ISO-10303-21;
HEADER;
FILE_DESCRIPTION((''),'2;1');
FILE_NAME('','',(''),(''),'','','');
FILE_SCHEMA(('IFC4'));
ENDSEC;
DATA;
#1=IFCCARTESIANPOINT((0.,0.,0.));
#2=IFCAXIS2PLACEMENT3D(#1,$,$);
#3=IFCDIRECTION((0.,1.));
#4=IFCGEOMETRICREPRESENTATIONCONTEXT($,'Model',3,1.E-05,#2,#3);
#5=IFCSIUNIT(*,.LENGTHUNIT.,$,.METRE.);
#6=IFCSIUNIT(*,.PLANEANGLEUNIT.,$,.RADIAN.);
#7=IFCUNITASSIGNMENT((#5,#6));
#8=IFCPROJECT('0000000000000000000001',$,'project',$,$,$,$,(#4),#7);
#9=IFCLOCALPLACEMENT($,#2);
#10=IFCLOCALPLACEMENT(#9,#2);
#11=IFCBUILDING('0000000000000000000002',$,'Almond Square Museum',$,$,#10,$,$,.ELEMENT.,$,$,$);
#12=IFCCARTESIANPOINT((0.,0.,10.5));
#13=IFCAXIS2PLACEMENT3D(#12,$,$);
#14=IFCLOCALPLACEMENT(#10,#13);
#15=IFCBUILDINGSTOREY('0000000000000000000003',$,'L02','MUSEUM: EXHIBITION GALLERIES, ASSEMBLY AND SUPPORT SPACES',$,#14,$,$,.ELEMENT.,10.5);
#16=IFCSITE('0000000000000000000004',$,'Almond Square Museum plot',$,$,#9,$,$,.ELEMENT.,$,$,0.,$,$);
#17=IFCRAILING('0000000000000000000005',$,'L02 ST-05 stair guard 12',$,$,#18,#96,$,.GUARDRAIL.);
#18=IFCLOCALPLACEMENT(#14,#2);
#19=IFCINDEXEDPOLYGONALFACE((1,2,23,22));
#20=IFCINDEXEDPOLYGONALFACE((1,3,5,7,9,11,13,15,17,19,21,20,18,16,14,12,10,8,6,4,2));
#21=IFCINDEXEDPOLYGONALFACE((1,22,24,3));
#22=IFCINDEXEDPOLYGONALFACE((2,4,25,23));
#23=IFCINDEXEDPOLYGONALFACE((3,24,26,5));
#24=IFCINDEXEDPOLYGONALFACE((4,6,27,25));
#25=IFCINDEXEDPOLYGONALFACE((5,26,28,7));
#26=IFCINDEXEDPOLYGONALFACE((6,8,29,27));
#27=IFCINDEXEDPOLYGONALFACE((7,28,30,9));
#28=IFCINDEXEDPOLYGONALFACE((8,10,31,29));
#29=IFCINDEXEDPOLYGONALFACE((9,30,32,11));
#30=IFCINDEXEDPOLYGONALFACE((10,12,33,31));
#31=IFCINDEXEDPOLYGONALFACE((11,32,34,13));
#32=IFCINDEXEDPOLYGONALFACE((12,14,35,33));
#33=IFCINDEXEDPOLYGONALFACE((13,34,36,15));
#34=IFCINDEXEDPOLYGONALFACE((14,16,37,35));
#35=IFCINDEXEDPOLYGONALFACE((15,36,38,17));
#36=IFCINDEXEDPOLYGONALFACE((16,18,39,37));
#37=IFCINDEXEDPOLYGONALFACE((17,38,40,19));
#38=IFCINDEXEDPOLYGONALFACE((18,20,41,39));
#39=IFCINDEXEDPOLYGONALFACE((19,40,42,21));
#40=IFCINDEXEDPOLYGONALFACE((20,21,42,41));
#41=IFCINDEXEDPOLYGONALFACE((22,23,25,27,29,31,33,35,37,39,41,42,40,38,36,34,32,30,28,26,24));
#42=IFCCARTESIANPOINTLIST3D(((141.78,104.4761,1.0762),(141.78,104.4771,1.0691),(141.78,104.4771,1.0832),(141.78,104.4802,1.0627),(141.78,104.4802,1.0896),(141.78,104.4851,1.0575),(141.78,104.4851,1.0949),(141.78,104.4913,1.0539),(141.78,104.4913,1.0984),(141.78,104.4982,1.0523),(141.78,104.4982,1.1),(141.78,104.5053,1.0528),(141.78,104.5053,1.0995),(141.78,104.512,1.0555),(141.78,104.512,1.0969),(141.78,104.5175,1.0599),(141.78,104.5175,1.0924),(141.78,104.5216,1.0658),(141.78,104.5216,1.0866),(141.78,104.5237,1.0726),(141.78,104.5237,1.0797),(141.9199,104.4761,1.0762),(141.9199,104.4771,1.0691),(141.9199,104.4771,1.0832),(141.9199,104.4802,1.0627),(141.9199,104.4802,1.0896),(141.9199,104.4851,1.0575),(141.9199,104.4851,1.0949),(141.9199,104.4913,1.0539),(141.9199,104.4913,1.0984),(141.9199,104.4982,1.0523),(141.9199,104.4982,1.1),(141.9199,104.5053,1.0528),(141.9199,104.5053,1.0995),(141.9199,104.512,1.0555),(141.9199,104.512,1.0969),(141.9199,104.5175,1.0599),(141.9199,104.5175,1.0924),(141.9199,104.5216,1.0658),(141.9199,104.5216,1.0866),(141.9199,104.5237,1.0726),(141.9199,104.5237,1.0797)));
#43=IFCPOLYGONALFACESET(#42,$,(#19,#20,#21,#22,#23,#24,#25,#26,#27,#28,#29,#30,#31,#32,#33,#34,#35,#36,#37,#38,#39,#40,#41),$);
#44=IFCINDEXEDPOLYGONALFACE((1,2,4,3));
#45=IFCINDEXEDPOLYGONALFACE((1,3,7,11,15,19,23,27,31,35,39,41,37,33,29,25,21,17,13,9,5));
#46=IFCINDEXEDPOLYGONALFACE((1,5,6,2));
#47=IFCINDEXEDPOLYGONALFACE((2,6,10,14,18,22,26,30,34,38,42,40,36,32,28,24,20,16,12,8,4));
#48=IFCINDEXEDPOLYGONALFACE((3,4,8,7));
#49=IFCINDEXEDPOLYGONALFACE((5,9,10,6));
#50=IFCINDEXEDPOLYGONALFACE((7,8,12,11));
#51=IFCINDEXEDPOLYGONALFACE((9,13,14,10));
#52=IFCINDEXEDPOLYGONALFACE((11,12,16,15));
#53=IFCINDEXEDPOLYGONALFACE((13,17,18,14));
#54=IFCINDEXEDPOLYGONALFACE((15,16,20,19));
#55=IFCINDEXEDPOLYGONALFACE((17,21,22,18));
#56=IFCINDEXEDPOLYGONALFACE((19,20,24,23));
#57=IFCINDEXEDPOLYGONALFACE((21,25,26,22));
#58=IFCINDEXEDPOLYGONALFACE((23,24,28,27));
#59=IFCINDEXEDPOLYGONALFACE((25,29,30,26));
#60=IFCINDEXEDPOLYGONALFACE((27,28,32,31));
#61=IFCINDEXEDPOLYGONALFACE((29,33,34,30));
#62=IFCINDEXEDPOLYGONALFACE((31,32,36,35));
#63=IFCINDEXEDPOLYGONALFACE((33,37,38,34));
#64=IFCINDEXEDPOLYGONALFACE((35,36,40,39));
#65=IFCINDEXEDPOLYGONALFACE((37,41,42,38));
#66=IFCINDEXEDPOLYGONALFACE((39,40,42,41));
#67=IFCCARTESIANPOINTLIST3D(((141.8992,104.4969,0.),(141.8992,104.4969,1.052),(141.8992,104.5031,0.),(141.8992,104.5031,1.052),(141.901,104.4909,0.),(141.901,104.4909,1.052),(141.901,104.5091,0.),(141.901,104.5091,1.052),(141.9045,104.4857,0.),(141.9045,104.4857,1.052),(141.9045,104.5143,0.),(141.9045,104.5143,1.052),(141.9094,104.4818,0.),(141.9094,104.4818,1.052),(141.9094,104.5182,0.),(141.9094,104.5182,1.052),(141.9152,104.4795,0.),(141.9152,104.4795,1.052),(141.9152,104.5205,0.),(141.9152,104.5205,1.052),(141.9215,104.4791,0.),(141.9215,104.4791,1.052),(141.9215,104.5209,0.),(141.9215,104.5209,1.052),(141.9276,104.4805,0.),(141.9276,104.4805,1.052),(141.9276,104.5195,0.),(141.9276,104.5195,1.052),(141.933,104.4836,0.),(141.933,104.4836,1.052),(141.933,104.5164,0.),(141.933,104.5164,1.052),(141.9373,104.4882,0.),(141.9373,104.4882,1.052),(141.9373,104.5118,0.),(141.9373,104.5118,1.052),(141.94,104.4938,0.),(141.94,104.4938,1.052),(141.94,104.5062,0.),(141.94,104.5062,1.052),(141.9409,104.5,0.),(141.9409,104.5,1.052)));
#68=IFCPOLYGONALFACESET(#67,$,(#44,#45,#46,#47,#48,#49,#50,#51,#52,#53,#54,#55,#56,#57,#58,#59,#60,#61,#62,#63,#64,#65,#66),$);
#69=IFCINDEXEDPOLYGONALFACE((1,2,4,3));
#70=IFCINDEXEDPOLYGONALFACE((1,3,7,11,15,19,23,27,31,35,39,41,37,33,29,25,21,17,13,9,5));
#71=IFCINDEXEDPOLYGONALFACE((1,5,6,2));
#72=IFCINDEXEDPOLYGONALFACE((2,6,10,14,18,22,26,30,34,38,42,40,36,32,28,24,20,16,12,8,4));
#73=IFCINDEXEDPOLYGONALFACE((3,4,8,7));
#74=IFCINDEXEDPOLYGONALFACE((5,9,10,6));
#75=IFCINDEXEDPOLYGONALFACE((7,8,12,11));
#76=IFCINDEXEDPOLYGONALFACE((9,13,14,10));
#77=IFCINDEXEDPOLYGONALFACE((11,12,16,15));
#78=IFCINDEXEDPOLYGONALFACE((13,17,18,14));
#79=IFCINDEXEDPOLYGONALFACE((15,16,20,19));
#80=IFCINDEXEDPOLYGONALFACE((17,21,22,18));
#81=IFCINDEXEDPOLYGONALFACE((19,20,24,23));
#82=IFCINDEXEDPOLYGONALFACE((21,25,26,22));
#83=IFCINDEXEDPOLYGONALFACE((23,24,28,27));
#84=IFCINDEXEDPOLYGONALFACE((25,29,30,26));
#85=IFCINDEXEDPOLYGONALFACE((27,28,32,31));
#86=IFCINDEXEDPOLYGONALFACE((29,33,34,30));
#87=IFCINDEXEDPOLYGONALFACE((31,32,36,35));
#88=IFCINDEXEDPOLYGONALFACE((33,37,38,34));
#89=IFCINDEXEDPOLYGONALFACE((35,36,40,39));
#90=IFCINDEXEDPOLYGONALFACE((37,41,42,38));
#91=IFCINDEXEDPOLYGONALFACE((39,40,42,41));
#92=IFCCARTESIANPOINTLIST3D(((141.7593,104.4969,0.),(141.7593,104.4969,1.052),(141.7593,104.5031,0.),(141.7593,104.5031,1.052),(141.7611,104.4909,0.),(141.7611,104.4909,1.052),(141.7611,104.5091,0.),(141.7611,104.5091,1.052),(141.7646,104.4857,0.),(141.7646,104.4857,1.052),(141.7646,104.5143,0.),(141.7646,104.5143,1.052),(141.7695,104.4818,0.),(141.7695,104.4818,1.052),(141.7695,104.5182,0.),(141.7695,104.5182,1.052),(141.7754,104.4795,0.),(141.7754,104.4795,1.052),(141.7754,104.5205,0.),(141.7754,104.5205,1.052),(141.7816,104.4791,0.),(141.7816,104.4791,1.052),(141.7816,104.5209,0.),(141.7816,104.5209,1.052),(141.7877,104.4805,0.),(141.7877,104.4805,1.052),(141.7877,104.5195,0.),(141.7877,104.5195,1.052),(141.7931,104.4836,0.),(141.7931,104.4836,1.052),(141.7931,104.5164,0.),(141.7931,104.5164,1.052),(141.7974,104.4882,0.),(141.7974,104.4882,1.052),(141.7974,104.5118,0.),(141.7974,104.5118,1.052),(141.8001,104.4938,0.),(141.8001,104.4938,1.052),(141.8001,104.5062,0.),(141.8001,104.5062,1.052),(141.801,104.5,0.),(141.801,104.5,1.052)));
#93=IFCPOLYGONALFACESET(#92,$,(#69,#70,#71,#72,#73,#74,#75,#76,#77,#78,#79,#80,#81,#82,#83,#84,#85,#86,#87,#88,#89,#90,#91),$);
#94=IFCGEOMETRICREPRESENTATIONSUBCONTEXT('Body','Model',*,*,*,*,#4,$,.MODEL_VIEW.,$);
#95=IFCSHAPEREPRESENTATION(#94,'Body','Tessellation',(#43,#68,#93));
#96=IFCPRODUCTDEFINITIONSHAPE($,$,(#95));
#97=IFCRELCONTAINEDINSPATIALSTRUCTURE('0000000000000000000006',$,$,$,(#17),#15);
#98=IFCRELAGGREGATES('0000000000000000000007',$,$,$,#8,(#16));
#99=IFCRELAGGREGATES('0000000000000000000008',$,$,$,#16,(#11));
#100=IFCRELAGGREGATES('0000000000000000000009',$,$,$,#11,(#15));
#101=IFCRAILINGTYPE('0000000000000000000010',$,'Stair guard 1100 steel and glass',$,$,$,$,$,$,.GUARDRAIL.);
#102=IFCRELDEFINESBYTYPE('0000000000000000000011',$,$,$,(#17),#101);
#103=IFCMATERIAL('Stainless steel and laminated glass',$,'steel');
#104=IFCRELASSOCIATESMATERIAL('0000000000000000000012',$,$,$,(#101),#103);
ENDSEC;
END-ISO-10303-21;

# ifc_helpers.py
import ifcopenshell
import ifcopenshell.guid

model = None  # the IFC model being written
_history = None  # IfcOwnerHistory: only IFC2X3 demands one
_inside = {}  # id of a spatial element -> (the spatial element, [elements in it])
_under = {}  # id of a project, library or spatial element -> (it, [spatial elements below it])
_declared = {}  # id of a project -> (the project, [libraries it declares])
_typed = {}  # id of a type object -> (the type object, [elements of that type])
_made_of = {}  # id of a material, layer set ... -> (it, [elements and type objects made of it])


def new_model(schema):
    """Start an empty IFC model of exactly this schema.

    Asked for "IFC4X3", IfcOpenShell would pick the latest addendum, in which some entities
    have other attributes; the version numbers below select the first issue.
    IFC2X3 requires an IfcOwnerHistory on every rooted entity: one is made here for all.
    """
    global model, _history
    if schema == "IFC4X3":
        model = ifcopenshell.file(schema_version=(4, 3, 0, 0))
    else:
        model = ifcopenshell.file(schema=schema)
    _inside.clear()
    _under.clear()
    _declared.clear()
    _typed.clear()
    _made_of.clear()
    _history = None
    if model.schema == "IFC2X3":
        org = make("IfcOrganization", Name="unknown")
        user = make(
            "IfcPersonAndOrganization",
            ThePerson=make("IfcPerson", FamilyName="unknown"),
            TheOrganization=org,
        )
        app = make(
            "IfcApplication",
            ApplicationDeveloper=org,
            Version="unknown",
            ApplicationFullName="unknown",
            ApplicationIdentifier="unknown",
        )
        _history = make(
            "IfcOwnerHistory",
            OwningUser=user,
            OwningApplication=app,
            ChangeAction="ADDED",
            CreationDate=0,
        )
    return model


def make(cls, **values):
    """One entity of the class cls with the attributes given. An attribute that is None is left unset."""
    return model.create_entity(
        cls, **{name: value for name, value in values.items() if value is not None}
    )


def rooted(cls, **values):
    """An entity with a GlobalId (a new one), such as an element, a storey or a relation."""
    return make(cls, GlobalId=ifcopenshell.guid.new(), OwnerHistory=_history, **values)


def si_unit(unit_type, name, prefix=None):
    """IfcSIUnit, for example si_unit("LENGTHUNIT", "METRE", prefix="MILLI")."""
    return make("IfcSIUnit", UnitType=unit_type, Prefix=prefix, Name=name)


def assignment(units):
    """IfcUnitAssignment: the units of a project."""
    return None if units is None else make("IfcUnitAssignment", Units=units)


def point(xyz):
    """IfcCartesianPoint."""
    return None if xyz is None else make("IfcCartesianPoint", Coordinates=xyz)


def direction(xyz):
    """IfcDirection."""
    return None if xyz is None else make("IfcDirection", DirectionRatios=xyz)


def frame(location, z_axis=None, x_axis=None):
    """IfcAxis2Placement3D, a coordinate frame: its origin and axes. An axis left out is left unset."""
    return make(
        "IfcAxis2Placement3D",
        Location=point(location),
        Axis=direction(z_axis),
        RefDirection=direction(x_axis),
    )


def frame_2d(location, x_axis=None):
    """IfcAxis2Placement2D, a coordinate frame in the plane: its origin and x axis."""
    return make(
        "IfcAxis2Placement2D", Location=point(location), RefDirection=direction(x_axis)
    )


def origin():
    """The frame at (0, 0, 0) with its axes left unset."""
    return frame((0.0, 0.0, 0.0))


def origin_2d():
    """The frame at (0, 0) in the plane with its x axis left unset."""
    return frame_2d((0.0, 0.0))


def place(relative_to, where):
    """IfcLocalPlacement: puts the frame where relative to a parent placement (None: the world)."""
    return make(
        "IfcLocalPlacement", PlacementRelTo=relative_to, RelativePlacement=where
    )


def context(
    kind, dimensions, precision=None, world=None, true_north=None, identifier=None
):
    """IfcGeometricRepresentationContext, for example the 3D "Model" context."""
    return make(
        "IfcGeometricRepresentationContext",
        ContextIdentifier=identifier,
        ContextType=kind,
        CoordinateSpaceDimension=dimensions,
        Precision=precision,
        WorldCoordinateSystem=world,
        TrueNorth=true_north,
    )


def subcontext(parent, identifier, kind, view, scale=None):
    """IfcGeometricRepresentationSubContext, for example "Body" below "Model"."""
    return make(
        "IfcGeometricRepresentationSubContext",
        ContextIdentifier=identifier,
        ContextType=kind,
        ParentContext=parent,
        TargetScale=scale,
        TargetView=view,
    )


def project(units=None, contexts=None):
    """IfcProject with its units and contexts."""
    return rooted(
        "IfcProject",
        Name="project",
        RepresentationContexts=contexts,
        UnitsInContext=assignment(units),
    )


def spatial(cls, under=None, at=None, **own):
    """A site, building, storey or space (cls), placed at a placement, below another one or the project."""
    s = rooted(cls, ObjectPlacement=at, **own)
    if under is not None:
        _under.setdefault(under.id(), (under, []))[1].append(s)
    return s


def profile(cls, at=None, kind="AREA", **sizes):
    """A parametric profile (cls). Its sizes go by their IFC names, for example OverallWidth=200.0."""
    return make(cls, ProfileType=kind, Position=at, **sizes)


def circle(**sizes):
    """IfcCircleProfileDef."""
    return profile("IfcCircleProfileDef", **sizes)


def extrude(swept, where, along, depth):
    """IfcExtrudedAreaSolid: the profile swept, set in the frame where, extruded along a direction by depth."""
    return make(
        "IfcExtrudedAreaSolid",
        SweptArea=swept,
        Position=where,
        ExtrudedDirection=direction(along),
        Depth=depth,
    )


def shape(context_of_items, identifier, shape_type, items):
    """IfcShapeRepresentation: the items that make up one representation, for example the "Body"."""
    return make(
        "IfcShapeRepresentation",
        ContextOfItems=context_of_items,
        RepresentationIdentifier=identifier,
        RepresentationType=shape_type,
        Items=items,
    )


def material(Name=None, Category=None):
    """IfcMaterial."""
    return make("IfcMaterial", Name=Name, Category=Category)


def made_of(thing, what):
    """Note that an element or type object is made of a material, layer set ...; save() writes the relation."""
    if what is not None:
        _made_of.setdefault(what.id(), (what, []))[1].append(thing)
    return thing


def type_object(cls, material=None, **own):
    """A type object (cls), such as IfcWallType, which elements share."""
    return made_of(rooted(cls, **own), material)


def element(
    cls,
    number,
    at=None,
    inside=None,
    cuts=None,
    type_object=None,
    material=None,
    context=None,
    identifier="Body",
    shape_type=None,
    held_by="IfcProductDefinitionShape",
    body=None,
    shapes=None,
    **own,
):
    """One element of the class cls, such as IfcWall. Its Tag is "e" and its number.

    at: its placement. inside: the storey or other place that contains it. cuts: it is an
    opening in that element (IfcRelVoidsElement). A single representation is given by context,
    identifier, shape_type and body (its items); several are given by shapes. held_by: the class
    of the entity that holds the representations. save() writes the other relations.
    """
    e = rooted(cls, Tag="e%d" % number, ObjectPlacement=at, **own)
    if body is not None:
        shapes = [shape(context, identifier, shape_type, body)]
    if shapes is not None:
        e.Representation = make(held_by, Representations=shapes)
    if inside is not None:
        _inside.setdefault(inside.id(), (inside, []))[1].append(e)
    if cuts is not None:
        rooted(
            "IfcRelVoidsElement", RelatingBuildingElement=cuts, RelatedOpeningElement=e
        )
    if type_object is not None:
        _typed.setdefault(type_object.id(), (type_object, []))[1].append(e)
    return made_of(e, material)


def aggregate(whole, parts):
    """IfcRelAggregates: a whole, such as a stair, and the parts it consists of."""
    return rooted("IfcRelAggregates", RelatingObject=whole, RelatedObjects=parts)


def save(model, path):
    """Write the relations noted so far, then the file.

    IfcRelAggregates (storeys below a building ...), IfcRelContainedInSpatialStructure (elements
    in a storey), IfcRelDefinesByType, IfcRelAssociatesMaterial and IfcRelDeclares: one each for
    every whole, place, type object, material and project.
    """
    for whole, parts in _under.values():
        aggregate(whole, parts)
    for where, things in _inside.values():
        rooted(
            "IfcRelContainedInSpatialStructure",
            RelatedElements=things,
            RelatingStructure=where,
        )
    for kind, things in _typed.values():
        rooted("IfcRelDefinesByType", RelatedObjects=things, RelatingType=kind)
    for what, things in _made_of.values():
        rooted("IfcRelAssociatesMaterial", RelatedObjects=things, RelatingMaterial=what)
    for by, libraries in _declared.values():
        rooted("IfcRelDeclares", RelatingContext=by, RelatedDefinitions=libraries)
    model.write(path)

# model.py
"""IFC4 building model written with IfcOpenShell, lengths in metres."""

from ifc_helpers import new_model, si_unit, direction, frame, origin, origin_2d, place, context, subcontext, project, spatial, circle, extrude, material, type_object, element, save


model = new_model("IFC4")

# Units and contexts
model_context = context("Model", 3, precision=1e-05, world=origin(), true_north=direction((0.0, 1.0)))
body_context = subcontext(model_context, "Body", "Model", "MODEL_VIEW")
ifc_project = project(units=[si_unit("LENGTHUNIT", "METRE"), si_unit("PLANEANGLEUNIT", "RADIAN")], contexts=[model_context])

# Site, building, storey
site_placement = place(None, origin())
site = spatial("IfcSite", under=ifc_project, at=site_placement, Name="Almond Square Museum plot", CompositionType="ELEMENT", RefElevation=0.0)
building_placement = place(site_placement, origin())
building = spatial("IfcBuilding", under=site, at=building_placement, Name="Almond Square Museum", CompositionType="ELEMENT")
storey_placement = place(building_placement, frame((0.0, 0.0, 10.5)))
storey = spatial("IfcBuildingStorey", under=building, at=storey_placement, Name="L02", Description="MUSEUM: EXHIBITION GALLERIES, ASSEMBLY AND SUPPORT SPACES", CompositionType="ELEMENT", Elevation=10.5)

# Railing
ifc_material_1 = material(Name="Stainless steel and laminated glass", Category="steel")
railing_type_1 = type_object("IfcRailingType", Name="Stair guard 1100 steel and glass", PredefinedType="GUARDRAIL", material=ifc_material_1)
railing_1_placement = place(storey_placement, frame((141.9199, 104.5, 0.0)))
element("IfcRailing", 1, at=railing_1_placement, inside=storey, type_object=railing_type_1, Name="L02 ST-05 stair guard 12", PredefinedType="GUARDRAIL", context=body_context, shape_type="SweptSolid", body=[
    extrude(circle(Radius=0.0239, at=origin_2d()), frame((0.0, 0.0, 1.0762), z_axis=(-1.0, 0.0, 0.0), x_axis=(0.0, -1.0, 0.0)), (0.0, 0.0, 1.0), 0.1399),
    extrude(circle(Radius=0.021, at=origin_2d()), origin(), (0.0, 0.0, 1.0), 1.052),
    extrude(circle(Radius=0.021, at=origin_2d()), frame((-0.1399, 0.0, 0.0)), (0.0, 0.0, 1.0), 1.052),
])

save(model, "model.ifc")
